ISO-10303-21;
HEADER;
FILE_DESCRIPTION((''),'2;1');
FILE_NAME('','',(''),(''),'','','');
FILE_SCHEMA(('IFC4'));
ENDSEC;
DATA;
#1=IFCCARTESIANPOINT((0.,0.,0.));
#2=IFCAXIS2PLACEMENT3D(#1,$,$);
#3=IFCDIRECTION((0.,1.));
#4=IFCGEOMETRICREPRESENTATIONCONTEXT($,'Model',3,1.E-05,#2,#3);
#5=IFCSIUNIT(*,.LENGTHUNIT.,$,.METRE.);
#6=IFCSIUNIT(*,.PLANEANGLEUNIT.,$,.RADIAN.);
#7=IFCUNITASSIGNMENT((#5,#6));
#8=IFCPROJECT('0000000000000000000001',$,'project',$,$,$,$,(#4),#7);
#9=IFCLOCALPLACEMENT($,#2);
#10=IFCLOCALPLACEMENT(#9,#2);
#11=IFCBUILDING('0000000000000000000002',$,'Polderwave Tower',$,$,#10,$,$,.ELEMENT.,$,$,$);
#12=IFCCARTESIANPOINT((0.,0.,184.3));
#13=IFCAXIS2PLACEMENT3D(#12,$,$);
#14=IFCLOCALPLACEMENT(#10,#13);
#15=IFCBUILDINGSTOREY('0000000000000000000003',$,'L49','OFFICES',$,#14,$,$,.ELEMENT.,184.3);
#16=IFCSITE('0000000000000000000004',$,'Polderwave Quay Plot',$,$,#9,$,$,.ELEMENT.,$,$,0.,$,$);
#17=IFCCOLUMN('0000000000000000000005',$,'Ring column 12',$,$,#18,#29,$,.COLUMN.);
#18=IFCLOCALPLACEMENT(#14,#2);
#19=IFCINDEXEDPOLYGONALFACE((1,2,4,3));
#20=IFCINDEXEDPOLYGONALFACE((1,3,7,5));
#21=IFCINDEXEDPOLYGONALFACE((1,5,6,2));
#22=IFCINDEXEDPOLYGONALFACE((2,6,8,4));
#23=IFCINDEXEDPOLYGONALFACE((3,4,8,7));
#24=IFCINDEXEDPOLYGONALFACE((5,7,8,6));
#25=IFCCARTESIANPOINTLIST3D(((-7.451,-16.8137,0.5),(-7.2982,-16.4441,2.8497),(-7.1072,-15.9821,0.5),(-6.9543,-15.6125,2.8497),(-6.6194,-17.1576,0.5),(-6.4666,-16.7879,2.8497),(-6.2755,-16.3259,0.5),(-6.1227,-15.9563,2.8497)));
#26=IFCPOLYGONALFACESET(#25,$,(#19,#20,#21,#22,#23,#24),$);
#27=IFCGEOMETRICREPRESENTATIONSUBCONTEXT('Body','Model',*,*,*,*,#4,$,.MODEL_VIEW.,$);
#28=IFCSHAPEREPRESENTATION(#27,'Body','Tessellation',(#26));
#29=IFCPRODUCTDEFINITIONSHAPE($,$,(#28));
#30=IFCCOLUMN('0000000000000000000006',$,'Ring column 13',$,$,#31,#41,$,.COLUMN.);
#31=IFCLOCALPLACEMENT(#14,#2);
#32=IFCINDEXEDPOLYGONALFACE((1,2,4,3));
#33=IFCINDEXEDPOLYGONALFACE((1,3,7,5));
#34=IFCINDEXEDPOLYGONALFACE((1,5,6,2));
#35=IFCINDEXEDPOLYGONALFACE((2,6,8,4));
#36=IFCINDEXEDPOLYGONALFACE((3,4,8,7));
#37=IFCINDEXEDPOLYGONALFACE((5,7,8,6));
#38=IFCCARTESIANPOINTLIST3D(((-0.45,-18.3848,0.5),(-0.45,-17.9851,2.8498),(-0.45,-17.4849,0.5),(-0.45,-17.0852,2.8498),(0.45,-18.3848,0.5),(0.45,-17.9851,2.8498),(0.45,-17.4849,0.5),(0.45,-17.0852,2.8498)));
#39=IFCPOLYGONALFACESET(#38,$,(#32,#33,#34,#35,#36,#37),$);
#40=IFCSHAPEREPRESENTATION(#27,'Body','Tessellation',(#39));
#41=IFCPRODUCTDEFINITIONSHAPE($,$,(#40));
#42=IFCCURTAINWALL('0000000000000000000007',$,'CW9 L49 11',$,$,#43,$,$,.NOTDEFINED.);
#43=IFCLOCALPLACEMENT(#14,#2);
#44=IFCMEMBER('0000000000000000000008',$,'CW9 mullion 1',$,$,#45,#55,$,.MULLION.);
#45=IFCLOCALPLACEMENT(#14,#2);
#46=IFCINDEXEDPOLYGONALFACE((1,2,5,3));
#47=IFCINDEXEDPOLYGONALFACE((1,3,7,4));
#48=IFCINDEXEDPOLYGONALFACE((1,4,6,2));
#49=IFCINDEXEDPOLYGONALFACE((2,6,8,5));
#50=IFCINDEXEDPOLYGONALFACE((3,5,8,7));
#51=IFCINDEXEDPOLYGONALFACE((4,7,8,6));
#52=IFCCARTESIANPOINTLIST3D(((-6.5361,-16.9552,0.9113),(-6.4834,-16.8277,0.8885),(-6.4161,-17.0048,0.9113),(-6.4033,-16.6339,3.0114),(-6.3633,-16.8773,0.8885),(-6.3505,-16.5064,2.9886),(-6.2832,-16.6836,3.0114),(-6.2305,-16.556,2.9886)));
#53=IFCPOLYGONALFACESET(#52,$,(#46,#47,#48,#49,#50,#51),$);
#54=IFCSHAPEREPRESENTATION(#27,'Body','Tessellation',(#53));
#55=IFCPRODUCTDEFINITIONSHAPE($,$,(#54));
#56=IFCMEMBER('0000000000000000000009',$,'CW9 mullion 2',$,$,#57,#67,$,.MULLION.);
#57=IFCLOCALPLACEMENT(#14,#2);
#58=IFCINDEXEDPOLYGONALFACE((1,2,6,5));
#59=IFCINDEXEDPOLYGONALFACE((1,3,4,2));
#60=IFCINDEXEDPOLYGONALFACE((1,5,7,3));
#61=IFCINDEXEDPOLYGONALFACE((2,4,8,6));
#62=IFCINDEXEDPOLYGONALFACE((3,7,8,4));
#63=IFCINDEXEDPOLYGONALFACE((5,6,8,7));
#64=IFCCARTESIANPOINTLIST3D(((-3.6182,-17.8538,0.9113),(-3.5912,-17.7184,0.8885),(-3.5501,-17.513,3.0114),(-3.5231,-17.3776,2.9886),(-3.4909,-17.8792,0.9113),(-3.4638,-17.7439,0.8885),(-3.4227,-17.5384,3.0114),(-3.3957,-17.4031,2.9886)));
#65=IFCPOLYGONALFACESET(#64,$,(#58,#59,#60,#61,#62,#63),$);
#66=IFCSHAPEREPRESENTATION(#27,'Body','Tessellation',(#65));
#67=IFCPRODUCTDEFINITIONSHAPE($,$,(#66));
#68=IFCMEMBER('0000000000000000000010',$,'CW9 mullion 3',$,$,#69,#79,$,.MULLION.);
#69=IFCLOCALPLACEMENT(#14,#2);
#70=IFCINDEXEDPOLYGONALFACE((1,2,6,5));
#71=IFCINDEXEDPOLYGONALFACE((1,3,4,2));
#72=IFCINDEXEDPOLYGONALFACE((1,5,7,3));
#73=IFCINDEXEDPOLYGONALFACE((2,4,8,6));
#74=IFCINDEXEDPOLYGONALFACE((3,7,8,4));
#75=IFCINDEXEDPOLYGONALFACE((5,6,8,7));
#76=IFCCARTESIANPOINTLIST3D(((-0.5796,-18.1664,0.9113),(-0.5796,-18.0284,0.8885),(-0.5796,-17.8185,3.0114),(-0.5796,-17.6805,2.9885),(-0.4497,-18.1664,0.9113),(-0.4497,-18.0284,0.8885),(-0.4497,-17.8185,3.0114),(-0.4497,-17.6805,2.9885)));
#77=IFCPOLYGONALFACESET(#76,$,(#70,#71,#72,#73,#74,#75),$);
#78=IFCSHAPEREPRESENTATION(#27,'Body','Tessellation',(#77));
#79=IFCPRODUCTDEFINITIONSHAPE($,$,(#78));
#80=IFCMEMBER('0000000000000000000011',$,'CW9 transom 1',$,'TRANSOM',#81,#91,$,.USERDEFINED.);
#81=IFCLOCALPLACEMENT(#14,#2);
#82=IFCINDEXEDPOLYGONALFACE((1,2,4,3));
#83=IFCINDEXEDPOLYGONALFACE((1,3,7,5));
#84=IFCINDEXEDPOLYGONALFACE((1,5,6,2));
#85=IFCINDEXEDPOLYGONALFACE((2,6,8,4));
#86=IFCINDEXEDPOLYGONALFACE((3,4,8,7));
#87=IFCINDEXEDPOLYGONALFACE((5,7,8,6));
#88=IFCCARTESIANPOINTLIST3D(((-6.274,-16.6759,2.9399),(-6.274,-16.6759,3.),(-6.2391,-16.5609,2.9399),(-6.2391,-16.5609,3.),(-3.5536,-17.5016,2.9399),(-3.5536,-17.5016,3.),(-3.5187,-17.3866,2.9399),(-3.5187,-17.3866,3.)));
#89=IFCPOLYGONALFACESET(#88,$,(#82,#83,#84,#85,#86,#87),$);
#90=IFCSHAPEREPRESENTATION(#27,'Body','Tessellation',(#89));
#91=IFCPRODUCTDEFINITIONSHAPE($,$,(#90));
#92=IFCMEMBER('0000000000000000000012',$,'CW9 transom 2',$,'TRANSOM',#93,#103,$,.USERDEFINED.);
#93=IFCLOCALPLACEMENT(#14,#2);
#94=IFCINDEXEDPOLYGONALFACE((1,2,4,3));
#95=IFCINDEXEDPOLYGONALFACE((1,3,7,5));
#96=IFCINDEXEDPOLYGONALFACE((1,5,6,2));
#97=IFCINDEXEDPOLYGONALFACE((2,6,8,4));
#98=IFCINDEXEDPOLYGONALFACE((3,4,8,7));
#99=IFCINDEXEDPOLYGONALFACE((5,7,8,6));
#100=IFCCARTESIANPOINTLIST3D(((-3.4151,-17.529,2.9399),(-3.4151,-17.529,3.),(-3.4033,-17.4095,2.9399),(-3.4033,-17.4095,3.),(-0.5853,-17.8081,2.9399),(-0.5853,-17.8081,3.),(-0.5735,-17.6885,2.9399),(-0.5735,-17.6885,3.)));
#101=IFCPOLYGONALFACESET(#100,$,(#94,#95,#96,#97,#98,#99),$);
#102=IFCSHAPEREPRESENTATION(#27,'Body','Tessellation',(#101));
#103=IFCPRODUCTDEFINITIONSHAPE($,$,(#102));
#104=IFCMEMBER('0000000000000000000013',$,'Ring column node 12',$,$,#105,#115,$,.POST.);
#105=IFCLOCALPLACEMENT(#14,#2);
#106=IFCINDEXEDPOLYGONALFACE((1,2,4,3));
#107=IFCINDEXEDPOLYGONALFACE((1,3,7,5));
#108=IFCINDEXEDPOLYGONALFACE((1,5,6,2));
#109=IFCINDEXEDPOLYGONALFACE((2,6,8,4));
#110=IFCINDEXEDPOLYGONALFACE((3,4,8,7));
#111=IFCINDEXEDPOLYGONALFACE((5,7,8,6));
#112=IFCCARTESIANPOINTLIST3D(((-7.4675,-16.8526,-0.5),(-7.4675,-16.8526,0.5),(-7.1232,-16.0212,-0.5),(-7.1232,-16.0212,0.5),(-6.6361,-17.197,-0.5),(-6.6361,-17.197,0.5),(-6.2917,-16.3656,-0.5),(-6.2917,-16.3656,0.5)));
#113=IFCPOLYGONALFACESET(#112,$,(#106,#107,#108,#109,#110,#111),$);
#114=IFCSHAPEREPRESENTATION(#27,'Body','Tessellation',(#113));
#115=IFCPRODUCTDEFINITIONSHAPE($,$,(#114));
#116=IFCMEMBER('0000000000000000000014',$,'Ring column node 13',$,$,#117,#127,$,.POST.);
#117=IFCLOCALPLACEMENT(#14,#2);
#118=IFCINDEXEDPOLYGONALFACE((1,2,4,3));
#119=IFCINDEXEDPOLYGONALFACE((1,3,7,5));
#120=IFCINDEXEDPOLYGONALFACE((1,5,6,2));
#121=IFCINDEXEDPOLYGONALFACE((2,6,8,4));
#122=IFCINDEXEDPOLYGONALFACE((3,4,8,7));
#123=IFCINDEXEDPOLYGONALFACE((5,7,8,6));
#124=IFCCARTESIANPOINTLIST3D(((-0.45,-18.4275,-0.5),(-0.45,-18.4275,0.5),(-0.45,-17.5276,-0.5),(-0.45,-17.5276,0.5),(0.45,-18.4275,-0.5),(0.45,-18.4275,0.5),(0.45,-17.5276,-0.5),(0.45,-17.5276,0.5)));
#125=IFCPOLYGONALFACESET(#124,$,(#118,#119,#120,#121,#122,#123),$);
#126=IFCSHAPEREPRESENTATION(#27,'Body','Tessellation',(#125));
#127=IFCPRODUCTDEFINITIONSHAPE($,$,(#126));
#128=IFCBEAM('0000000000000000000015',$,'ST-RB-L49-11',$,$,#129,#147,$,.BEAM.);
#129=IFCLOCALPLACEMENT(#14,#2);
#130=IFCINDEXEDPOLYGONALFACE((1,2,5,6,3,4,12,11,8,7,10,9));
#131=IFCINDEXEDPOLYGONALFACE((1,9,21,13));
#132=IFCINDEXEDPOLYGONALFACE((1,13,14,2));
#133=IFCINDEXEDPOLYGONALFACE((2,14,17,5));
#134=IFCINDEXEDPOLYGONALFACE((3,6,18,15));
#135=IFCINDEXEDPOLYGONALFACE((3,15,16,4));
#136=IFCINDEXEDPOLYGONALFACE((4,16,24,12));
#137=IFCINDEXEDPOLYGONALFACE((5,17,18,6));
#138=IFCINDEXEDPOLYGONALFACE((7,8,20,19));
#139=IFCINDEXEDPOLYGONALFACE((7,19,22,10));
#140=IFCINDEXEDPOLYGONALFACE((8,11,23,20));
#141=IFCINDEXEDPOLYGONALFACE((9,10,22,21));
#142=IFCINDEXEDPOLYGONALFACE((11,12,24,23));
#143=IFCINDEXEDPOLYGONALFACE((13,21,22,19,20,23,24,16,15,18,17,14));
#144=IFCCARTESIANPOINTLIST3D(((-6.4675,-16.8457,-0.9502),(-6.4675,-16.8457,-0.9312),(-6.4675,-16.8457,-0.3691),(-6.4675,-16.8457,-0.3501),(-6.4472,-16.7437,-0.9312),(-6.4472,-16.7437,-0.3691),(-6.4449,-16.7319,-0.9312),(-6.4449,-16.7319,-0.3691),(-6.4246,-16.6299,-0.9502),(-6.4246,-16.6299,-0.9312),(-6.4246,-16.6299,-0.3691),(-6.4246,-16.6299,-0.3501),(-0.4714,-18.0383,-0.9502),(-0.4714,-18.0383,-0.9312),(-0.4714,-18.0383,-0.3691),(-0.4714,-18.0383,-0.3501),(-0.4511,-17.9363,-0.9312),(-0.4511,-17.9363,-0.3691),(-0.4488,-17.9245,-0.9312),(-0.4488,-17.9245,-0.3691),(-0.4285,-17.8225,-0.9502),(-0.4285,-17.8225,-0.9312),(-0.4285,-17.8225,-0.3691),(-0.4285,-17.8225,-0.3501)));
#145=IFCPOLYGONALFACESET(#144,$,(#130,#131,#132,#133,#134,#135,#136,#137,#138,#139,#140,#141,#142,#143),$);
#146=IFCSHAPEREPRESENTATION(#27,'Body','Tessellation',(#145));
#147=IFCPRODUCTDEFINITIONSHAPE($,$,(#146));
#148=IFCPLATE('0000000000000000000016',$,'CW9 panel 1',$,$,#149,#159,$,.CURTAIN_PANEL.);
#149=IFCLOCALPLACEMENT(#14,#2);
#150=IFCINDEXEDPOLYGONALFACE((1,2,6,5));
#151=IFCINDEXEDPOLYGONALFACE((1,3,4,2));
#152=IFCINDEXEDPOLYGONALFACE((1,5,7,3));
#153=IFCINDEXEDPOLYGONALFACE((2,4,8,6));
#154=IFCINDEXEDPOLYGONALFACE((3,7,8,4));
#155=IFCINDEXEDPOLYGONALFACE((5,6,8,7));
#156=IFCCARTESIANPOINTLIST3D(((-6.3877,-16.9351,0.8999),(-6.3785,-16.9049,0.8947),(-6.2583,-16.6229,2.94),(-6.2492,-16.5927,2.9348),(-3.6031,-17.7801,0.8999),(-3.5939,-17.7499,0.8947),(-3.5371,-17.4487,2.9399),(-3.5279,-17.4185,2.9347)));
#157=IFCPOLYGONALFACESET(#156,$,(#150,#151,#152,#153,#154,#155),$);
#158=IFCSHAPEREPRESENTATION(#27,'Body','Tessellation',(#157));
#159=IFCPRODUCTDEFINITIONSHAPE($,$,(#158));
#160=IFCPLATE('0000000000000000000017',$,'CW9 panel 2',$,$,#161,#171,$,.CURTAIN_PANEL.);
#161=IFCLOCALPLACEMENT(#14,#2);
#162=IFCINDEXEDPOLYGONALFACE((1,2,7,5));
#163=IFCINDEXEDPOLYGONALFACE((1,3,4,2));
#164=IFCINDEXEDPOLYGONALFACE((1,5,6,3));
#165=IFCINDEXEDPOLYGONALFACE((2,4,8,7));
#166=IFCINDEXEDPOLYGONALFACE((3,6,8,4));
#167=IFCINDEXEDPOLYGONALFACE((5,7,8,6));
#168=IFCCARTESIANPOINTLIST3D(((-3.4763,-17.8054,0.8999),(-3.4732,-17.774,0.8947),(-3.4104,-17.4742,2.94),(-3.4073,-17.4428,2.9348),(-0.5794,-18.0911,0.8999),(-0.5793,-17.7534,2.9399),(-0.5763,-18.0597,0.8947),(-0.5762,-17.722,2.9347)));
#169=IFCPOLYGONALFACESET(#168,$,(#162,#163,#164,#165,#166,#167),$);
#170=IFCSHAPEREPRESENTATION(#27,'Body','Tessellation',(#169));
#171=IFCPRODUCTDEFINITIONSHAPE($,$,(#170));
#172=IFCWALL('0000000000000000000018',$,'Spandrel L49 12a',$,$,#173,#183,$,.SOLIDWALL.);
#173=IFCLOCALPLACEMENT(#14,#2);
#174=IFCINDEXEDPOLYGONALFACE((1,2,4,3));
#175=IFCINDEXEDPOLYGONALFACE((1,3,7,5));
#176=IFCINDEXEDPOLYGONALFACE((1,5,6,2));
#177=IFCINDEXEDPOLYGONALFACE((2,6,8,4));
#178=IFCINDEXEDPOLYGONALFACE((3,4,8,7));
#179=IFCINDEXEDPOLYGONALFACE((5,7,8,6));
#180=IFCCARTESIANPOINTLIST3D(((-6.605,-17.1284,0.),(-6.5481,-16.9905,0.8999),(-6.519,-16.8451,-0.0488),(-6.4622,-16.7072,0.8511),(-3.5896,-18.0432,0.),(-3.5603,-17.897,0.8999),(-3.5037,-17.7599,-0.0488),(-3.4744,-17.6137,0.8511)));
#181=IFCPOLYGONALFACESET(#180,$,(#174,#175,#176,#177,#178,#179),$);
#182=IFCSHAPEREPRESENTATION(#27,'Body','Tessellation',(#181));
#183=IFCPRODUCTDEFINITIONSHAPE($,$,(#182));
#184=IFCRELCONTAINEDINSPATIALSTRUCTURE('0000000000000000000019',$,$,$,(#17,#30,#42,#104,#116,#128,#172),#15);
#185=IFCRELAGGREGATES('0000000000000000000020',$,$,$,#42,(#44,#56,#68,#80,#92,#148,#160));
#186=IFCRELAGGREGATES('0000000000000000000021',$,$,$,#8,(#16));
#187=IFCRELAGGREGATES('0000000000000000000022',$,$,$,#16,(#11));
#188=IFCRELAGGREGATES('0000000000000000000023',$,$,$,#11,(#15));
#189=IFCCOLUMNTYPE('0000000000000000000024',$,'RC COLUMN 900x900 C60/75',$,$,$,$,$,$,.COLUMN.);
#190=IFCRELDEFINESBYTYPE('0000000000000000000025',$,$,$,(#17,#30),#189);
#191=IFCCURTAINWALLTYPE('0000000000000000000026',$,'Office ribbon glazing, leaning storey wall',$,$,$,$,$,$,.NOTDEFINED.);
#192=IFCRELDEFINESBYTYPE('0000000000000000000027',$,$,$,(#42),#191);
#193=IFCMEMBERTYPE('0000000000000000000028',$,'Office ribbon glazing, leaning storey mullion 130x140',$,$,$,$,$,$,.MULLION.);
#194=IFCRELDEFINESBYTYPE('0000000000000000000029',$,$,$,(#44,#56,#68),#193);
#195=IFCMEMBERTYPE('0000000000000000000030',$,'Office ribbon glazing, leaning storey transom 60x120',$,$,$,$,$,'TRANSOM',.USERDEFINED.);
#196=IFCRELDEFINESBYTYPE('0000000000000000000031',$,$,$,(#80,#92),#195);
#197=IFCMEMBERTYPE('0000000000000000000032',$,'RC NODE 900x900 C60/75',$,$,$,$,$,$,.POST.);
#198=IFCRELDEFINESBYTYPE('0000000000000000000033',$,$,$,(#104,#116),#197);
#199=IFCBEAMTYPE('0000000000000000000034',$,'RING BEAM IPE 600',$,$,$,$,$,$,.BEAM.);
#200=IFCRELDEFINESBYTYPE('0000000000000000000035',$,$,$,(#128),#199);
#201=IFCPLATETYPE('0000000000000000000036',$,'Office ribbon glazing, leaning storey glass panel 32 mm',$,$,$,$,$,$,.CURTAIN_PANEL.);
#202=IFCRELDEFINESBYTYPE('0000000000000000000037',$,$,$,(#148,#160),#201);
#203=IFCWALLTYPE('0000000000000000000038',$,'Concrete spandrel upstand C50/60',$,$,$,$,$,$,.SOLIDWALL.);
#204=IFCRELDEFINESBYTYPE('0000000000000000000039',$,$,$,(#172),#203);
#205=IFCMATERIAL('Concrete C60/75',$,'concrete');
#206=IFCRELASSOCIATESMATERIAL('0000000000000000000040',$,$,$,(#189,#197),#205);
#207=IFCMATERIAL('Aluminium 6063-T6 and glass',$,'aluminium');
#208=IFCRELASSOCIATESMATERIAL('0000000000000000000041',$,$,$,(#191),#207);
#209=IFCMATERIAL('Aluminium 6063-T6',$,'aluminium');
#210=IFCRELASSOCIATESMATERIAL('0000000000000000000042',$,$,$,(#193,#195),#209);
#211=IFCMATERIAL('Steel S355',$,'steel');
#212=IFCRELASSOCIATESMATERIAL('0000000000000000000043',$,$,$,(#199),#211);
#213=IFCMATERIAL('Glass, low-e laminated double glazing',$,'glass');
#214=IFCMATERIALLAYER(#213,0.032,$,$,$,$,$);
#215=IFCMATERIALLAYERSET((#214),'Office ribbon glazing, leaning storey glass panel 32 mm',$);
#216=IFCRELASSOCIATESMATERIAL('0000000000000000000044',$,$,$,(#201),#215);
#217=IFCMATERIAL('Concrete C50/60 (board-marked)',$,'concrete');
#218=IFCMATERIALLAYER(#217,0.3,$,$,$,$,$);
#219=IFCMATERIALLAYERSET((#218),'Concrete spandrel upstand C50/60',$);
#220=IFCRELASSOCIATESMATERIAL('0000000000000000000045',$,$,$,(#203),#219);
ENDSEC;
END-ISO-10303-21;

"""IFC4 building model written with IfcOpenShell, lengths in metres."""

from ifc_helpers import new_model, si_unit, direction, frame, origin, origin_2d, place, context, subcontext, project, spatial, polyline, rectangle, i_section, outline, extrude, material, layer, layer_set, material_profile, profile_set, type_object, element, aggregate, save


model = new_model("IFC4")

# Units and contexts
model_context = context("Model", 3, precision=1e-05, world=origin(), true_north=direction((0.0, 1.0)))
body_context = subcontext(model_context, "Body", "Model", "MODEL_VIEW")
ifc_project = project(units=[si_unit("LENGTHUNIT", "METRE"), si_unit("PLANEANGLEUNIT", "RADIAN")], contexts=[model_context])

# Site, building, storey
site_placement = place(None, origin())
site = spatial("IfcSite", under=ifc_project, at=site_placement, Name="Polderwave Quay Plot", CompositionType="ELEMENT", RefElevation=0.0)
building_placement = place(site_placement, origin())
building = spatial("IfcBuilding", under=site, at=building_placement, Name="Polderwave Tower", CompositionType="ELEMENT")
storey_placement = place(building_placement, frame((0.0, 0.0, 184.3)))
storey = spatial("IfcBuildingStorey", under=building, at=storey_placement, Name="L49", Description="OFFICES", CompositionType="ELEMENT", Elevation=184.3)

# Columns
ifc_material_1 = material(Name="Concrete C60/75", Category="concrete")
ifc_material_profile_1 = material_profile(ifc_material_1, rectangle(XDim=0.8999, YDim=0.8999, at=origin_2d()), Name="RC 900x900")
ifc_profile_set_1 = profile_set([ifc_material_profile_1], Name="Concrete C60/75")
column_type = type_object("IfcColumnType", Name="RC COLUMN 900x900 C60/75", PredefinedType="COLUMN", material=ifc_profile_set_1)
column_1_placement = place(storey_placement, frame((-6.8633, -16.5698, 0.5), z_axis=(0.0, 0.0, 1.0), x_axis=(-0.924121, 0.3821, 0.0)))
element("IfcColumn", 1, at=column_1_placement, inside=storey, type_object=column_type, Name="Ring column 12", PredefinedType="COLUMN", context=body_context, shape_type="SweptSolid", body=[
    extrude(rectangle(XDim=0.8999, YDim=0.8999, at=origin_2d()), origin(), (0.0, -0.167801, 0.985821), 2.3835),
])
column_2_placement = place(storey_placement, frame((0.0, -17.9348, 0.5), z_axis=(0.0, 0.0, 1.0), x_axis=(-1.0, 0.0, 0.0)))
element("IfcColumn", 2, at=column_2_placement, inside=storey, type_object=column_type, Name="Ring column 13", PredefinedType="COLUMN", context=body_context, shape_type="SweptSolid", body=[
    extrude(rectangle(XDim=0.8999, YDim=0.8999, at=origin_2d()), origin(), (0.0, -0.16767, 0.985843), 2.3835),
])

# Curtain wall, members
ifc_material_2 = material(Name="Aluminium 6063-T6 and glass", Category="aluminium")
curtain_wall_type = type_object("IfcCurtainWallType", Name="Office ribbon glazing, leaning storey wall", PredefinedType="NOTDEFINED", material=ifc_material_2)
curtain_wall_placement = place(storey_placement, origin())
curtain_wall = element("IfcCurtainWall", 3, at=curtain_wall_placement, inside=storey, type_object=curtain_wall_type, Name="CW9 L49 11", PredefinedType="NOTDEFINED")
ifc_material_3 = material(Name="Aluminium 6063-T6", Category="aluminium")
ifc_material_profile_2 = material_profile(ifc_material_3, rectangle(XDim=0.1299, YDim=0.1399, at=origin_2d()), Name="AL 130x140")
ifc_profile_set_2 = profile_set([ifc_material_profile_2], Name="Aluminium 6063-T6")
member_type_1 = type_object("IfcMemberType", Name="Office ribbon glazing, leaning storey mullion 130x140", PredefinedType="MULLION", material=ifc_profile_set_2)
member_1_placement = place(storey_placement, frame((-6.4497, -16.9163, 0.8999), z_axis=(0.062392, 0.150934, 0.986573), x_axis=(-0.924154, 0.382021, 0.0)))
member_1 = element("IfcMember", 4, at=member_1_placement, type_object=member_type_1, Name="CW9 mullion 1", PredefinedType="MULLION", context=body_context, shape_type="SweptSolid", body=[
    extrude(rectangle(XDim=0.1299, YDim=0.1399, at=origin_2d()), origin(), (0.0, 0.0, 1.0), 2.1287),
])
member_2_placement = place(storey_placement, frame((-3.541, -17.7988, 0.8999), z_axis=(0.031999, 0.16011, 0.98658), x_axis=(-0.980608, 0.195981, 0.0)))
member_2 = element("IfcMember", 5, at=member_2_placement, type_object=member_type_1, Name="CW9 mullion 2", PredefinedType="MULLION", context=body_context, shape_type="SweptSolid", body=[
    extrude(rectangle(XDim=0.1299, YDim=0.1399, at=origin_2d()), origin(), (0.0, 0.0, 1.0), 2.1287),
])
member_3_placement = place(storey_placement, frame((-0.5146, -18.0974, 0.8999), z_axis=(0.0, 0.163432, 0.986555), x_axis=(-1.0, 0.0, 0.0)))
member_3 = element("IfcMember", 6, at=member_3_placement, type_object=member_type_1, Name="CW9 mullion 3", PredefinedType="MULLION", context=body_context, shape_type="SweptSolid", body=[
    extrude(rectangle(XDim=0.1299, YDim=0.1399, at=origin_2d()), origin(), (0.0, 0.0, 1.0), 2.1287),
])
ifc_material_profile_3 = material_profile(ifc_material_3, rectangle(XDim=0.1201, YDim=0.0601, at=origin_2d()), Name="AL 60x120")
ifc_profile_set_3 = profile_set([ifc_material_profile_3], Name="Aluminium 6063-T6")
member_type_2 = type_object("IfcMemberType", Name="Office ribbon glazing, leaning storey transom 60x120", ElementType="TRANSOM", PredefinedType="USERDEFINED", material=ifc_profile_set_3)
member_4_placement = place(storey_placement, frame((-6.2566, -16.6184, 2.97), z_axis=(0.956897, -0.290427, 0.0), x_axis=(0.290427, 0.956897, 0.0)))
member_4 = element("IfcMember", 7, at=member_4_placement, type_object=member_type_2, Name="CW9 transom 1", ObjectType="TRANSOM", PredefinedType="USERDEFINED", context=body_context, shape_type="SweptSolid", body=[
    extrude(rectangle(XDim=0.1201, YDim=0.0601, at=origin_2d()), origin(), (0.0, 0.0, 1.0), 2.843),
])
member_5_placement = place(storey_placement, frame((-3.4092, -17.4692, 2.97), z_axis=(0.995173, -0.098135, 0.0), x_axis=(0.098135, 0.995173, 0.0)))
member_5 = element("IfcMember", 8, at=member_5_placement, type_object=member_type_2, Name="CW9 transom 2", ObjectType="TRANSOM", PredefinedType="USERDEFINED", context=body_context, shape_type="SweptSolid", body=[
    extrude(rectangle(XDim=0.1201, YDim=0.0601, at=origin_2d()), origin(), (0.0, 0.0, 1.0), 2.8435),
])

# Members
ifc_material_profile_4 = material_profile(ifc_material_1, rectangle(XDim=0.8999, YDim=0.8999, at=origin_2d()), Name="RC 900x900")
ifc_profile_set_4 = profile_set([ifc_material_profile_4], Name="Concrete C60/75")
member_type_3 = type_object("IfcMemberType", Name="RC NODE 900x900 C60/75", PredefinedType="POST", material=ifc_profile_set_4)
for number, where, z_axis, x_axis, name in (
    (9, (-6.8796, -16.6091, -0.5), (0.0, 0.0, 1.0), (-0.382683, -0.92388, 0.0), "Ring column node 12"),
    (10, (0.0, -17.9775, -0.5), (0.0, 0.0, 1.0), (0.0, -1.0, 0.0), "Ring column node 13"),
):
    element("IfcMember", number, at=place(storey_placement, frame(where, z_axis=z_axis, x_axis=x_axis)), inside=storey, type_object=member_type_3, Name=name, PredefinedType="POST", context=body_context, shape_type="SweptSolid", body=[
        extrude(rectangle(XDim=0.8999, YDim=0.8999, at=origin_2d()), origin(), (0.0, 0.0, 1.0), 1.0),
    ])

# Beam
ifc_material_4 = material(Name="Steel S355", Category="steel")
ifc_material_profile_5 = material_profile(ifc_material_4, i_section(OverallWidth=0.22, OverallDepth=0.6001, WebThickness=0.012, FlangeThickness=0.019, at=origin_2d()), Name="IPE 600")
ifc_profile_set_5 = profile_set([ifc_material_profile_5], Name="Steel S355")
beam_type = type_object("IfcBeamType", Name="RING BEAM IPE 600", PredefinedType="BEAM", material=ifc_profile_set_5)
beam_placement = place(storey_placement, frame((-6.446, -16.7378, -0.6501), z_axis=(0.980787, -0.195079, 0.0), x_axis=(0.195079, 0.980787, 0.0)))
element("IfcBeam", 11, at=beam_placement, inside=storey, type_object=beam_type, Name="ST-RB-L49-11", PredefinedType="BEAM", context=body_context, shape_type="SweptSolid", body=[
    extrude(i_section(OverallWidth=0.22, OverallDepth=0.6001, WebThickness=0.012, FlangeThickness=0.019, at=origin_2d()), origin(), (0.0, 0.0, 1.0), 6.1135),
])

# Plates
ifc_material_5 = material(Name="Glass, low-e laminated double glazing", Category="glass")
ifc_layer_1 = layer(ifc_material_5, 0.032)
ifc_layer_set_1 = layer_set([ifc_layer_1], Name="Office ribbon glazing, leaning storey glass panel 32 mm")
plate_type = type_object("IfcPlateType", Name="Office ribbon glazing, leaning storey glass panel 32 mm", PredefinedType="CURTAIN_PANEL", material=ifc_layer_set_1)
plate_1_placement = place(storey_placement, frame((-6.3877, -16.9351, 0.8999), z_axis=(-0.286532, -0.944165, 0.16264), x_axis=(0.956906, -0.290397, 0.000006)))
plate_1 = element("IfcPlate", 12, at=plate_1_placement, type_object=plate_type, Name="CW9 panel 1", PredefinedType="CURTAIN_PANEL", context=body_context, shape_type="SweptSolid", body=[
    extrude(outline(polyline([(0.0, 0.0), (2.91, 0.0), (2.8769, 2.0676), (0.0332, 2.0676), (0.0, 0.0)])), origin(), (0.0, 0.0, -1.0), 0.032),
])
plate_2_placement = place(storey_placement, frame((-3.4763, -17.8054, 0.8999), z_axis=(-0.096846, -0.981935, 0.162557), x_axis=(0.995172, -0.098151, 0.000004)))
plate_2 = element("IfcPlate", 13, at=plate_2_placement, type_object=plate_type, Name="CW9 panel 2", PredefinedType="CURTAIN_PANEL", context=body_context, shape_type="SweptSolid", body=[
    extrude(outline(polyline([(0.0, 0.0), (2.911, 0.0), (2.8779, 2.0675), (0.0331, 2.0676), (0.0, 0.0)])), origin(), (0.0, 0.0, -1.0), 0.032),
])
aggregate(curtain_wall, [member_1, member_2, member_3, member_4, member_5, plate_1, plate_2])

# Wall
ifc_material_6 = material(Name="Concrete C50/60 (board-marked)", Category="concrete")
ifc_layer_2 = layer(ifc_material_6, 0.3)
ifc_layer_set_2 = layer_set([ifc_layer_2], Name="Concrete spandrel upstand C50/60")
wall_type_1 = type_object("IfcWallType", Name="Concrete spandrel upstand C50/60", PredefinedType="SOLIDWALL", material=ifc_layer_set_2)
wall_1_placement = place(storey_placement, frame((-6.605, -17.1284, 0.0), z_axis=(-0.286448, -0.944164, 0.162795), x_axis=(0.95693, -0.29032, 0.000002)))
element("IfcWall", 14, at=wall_1_placement, inside=storey, type_object=wall_type_1, Name="Spandrel L49 12a", PredefinedType="SOLIDWALL", context=body_context, shape_type="SweptSolid", body=[
    extrude(outline(polyline([(0.0, 0.0), (3.1511, 0.0), (3.1367, 0.9121), (0.0144, 0.9121), (0.0, 0.0)])), origin(), (0.0, 0.0, -1.0), 0.3),
])

save(model, "model.ifc")
